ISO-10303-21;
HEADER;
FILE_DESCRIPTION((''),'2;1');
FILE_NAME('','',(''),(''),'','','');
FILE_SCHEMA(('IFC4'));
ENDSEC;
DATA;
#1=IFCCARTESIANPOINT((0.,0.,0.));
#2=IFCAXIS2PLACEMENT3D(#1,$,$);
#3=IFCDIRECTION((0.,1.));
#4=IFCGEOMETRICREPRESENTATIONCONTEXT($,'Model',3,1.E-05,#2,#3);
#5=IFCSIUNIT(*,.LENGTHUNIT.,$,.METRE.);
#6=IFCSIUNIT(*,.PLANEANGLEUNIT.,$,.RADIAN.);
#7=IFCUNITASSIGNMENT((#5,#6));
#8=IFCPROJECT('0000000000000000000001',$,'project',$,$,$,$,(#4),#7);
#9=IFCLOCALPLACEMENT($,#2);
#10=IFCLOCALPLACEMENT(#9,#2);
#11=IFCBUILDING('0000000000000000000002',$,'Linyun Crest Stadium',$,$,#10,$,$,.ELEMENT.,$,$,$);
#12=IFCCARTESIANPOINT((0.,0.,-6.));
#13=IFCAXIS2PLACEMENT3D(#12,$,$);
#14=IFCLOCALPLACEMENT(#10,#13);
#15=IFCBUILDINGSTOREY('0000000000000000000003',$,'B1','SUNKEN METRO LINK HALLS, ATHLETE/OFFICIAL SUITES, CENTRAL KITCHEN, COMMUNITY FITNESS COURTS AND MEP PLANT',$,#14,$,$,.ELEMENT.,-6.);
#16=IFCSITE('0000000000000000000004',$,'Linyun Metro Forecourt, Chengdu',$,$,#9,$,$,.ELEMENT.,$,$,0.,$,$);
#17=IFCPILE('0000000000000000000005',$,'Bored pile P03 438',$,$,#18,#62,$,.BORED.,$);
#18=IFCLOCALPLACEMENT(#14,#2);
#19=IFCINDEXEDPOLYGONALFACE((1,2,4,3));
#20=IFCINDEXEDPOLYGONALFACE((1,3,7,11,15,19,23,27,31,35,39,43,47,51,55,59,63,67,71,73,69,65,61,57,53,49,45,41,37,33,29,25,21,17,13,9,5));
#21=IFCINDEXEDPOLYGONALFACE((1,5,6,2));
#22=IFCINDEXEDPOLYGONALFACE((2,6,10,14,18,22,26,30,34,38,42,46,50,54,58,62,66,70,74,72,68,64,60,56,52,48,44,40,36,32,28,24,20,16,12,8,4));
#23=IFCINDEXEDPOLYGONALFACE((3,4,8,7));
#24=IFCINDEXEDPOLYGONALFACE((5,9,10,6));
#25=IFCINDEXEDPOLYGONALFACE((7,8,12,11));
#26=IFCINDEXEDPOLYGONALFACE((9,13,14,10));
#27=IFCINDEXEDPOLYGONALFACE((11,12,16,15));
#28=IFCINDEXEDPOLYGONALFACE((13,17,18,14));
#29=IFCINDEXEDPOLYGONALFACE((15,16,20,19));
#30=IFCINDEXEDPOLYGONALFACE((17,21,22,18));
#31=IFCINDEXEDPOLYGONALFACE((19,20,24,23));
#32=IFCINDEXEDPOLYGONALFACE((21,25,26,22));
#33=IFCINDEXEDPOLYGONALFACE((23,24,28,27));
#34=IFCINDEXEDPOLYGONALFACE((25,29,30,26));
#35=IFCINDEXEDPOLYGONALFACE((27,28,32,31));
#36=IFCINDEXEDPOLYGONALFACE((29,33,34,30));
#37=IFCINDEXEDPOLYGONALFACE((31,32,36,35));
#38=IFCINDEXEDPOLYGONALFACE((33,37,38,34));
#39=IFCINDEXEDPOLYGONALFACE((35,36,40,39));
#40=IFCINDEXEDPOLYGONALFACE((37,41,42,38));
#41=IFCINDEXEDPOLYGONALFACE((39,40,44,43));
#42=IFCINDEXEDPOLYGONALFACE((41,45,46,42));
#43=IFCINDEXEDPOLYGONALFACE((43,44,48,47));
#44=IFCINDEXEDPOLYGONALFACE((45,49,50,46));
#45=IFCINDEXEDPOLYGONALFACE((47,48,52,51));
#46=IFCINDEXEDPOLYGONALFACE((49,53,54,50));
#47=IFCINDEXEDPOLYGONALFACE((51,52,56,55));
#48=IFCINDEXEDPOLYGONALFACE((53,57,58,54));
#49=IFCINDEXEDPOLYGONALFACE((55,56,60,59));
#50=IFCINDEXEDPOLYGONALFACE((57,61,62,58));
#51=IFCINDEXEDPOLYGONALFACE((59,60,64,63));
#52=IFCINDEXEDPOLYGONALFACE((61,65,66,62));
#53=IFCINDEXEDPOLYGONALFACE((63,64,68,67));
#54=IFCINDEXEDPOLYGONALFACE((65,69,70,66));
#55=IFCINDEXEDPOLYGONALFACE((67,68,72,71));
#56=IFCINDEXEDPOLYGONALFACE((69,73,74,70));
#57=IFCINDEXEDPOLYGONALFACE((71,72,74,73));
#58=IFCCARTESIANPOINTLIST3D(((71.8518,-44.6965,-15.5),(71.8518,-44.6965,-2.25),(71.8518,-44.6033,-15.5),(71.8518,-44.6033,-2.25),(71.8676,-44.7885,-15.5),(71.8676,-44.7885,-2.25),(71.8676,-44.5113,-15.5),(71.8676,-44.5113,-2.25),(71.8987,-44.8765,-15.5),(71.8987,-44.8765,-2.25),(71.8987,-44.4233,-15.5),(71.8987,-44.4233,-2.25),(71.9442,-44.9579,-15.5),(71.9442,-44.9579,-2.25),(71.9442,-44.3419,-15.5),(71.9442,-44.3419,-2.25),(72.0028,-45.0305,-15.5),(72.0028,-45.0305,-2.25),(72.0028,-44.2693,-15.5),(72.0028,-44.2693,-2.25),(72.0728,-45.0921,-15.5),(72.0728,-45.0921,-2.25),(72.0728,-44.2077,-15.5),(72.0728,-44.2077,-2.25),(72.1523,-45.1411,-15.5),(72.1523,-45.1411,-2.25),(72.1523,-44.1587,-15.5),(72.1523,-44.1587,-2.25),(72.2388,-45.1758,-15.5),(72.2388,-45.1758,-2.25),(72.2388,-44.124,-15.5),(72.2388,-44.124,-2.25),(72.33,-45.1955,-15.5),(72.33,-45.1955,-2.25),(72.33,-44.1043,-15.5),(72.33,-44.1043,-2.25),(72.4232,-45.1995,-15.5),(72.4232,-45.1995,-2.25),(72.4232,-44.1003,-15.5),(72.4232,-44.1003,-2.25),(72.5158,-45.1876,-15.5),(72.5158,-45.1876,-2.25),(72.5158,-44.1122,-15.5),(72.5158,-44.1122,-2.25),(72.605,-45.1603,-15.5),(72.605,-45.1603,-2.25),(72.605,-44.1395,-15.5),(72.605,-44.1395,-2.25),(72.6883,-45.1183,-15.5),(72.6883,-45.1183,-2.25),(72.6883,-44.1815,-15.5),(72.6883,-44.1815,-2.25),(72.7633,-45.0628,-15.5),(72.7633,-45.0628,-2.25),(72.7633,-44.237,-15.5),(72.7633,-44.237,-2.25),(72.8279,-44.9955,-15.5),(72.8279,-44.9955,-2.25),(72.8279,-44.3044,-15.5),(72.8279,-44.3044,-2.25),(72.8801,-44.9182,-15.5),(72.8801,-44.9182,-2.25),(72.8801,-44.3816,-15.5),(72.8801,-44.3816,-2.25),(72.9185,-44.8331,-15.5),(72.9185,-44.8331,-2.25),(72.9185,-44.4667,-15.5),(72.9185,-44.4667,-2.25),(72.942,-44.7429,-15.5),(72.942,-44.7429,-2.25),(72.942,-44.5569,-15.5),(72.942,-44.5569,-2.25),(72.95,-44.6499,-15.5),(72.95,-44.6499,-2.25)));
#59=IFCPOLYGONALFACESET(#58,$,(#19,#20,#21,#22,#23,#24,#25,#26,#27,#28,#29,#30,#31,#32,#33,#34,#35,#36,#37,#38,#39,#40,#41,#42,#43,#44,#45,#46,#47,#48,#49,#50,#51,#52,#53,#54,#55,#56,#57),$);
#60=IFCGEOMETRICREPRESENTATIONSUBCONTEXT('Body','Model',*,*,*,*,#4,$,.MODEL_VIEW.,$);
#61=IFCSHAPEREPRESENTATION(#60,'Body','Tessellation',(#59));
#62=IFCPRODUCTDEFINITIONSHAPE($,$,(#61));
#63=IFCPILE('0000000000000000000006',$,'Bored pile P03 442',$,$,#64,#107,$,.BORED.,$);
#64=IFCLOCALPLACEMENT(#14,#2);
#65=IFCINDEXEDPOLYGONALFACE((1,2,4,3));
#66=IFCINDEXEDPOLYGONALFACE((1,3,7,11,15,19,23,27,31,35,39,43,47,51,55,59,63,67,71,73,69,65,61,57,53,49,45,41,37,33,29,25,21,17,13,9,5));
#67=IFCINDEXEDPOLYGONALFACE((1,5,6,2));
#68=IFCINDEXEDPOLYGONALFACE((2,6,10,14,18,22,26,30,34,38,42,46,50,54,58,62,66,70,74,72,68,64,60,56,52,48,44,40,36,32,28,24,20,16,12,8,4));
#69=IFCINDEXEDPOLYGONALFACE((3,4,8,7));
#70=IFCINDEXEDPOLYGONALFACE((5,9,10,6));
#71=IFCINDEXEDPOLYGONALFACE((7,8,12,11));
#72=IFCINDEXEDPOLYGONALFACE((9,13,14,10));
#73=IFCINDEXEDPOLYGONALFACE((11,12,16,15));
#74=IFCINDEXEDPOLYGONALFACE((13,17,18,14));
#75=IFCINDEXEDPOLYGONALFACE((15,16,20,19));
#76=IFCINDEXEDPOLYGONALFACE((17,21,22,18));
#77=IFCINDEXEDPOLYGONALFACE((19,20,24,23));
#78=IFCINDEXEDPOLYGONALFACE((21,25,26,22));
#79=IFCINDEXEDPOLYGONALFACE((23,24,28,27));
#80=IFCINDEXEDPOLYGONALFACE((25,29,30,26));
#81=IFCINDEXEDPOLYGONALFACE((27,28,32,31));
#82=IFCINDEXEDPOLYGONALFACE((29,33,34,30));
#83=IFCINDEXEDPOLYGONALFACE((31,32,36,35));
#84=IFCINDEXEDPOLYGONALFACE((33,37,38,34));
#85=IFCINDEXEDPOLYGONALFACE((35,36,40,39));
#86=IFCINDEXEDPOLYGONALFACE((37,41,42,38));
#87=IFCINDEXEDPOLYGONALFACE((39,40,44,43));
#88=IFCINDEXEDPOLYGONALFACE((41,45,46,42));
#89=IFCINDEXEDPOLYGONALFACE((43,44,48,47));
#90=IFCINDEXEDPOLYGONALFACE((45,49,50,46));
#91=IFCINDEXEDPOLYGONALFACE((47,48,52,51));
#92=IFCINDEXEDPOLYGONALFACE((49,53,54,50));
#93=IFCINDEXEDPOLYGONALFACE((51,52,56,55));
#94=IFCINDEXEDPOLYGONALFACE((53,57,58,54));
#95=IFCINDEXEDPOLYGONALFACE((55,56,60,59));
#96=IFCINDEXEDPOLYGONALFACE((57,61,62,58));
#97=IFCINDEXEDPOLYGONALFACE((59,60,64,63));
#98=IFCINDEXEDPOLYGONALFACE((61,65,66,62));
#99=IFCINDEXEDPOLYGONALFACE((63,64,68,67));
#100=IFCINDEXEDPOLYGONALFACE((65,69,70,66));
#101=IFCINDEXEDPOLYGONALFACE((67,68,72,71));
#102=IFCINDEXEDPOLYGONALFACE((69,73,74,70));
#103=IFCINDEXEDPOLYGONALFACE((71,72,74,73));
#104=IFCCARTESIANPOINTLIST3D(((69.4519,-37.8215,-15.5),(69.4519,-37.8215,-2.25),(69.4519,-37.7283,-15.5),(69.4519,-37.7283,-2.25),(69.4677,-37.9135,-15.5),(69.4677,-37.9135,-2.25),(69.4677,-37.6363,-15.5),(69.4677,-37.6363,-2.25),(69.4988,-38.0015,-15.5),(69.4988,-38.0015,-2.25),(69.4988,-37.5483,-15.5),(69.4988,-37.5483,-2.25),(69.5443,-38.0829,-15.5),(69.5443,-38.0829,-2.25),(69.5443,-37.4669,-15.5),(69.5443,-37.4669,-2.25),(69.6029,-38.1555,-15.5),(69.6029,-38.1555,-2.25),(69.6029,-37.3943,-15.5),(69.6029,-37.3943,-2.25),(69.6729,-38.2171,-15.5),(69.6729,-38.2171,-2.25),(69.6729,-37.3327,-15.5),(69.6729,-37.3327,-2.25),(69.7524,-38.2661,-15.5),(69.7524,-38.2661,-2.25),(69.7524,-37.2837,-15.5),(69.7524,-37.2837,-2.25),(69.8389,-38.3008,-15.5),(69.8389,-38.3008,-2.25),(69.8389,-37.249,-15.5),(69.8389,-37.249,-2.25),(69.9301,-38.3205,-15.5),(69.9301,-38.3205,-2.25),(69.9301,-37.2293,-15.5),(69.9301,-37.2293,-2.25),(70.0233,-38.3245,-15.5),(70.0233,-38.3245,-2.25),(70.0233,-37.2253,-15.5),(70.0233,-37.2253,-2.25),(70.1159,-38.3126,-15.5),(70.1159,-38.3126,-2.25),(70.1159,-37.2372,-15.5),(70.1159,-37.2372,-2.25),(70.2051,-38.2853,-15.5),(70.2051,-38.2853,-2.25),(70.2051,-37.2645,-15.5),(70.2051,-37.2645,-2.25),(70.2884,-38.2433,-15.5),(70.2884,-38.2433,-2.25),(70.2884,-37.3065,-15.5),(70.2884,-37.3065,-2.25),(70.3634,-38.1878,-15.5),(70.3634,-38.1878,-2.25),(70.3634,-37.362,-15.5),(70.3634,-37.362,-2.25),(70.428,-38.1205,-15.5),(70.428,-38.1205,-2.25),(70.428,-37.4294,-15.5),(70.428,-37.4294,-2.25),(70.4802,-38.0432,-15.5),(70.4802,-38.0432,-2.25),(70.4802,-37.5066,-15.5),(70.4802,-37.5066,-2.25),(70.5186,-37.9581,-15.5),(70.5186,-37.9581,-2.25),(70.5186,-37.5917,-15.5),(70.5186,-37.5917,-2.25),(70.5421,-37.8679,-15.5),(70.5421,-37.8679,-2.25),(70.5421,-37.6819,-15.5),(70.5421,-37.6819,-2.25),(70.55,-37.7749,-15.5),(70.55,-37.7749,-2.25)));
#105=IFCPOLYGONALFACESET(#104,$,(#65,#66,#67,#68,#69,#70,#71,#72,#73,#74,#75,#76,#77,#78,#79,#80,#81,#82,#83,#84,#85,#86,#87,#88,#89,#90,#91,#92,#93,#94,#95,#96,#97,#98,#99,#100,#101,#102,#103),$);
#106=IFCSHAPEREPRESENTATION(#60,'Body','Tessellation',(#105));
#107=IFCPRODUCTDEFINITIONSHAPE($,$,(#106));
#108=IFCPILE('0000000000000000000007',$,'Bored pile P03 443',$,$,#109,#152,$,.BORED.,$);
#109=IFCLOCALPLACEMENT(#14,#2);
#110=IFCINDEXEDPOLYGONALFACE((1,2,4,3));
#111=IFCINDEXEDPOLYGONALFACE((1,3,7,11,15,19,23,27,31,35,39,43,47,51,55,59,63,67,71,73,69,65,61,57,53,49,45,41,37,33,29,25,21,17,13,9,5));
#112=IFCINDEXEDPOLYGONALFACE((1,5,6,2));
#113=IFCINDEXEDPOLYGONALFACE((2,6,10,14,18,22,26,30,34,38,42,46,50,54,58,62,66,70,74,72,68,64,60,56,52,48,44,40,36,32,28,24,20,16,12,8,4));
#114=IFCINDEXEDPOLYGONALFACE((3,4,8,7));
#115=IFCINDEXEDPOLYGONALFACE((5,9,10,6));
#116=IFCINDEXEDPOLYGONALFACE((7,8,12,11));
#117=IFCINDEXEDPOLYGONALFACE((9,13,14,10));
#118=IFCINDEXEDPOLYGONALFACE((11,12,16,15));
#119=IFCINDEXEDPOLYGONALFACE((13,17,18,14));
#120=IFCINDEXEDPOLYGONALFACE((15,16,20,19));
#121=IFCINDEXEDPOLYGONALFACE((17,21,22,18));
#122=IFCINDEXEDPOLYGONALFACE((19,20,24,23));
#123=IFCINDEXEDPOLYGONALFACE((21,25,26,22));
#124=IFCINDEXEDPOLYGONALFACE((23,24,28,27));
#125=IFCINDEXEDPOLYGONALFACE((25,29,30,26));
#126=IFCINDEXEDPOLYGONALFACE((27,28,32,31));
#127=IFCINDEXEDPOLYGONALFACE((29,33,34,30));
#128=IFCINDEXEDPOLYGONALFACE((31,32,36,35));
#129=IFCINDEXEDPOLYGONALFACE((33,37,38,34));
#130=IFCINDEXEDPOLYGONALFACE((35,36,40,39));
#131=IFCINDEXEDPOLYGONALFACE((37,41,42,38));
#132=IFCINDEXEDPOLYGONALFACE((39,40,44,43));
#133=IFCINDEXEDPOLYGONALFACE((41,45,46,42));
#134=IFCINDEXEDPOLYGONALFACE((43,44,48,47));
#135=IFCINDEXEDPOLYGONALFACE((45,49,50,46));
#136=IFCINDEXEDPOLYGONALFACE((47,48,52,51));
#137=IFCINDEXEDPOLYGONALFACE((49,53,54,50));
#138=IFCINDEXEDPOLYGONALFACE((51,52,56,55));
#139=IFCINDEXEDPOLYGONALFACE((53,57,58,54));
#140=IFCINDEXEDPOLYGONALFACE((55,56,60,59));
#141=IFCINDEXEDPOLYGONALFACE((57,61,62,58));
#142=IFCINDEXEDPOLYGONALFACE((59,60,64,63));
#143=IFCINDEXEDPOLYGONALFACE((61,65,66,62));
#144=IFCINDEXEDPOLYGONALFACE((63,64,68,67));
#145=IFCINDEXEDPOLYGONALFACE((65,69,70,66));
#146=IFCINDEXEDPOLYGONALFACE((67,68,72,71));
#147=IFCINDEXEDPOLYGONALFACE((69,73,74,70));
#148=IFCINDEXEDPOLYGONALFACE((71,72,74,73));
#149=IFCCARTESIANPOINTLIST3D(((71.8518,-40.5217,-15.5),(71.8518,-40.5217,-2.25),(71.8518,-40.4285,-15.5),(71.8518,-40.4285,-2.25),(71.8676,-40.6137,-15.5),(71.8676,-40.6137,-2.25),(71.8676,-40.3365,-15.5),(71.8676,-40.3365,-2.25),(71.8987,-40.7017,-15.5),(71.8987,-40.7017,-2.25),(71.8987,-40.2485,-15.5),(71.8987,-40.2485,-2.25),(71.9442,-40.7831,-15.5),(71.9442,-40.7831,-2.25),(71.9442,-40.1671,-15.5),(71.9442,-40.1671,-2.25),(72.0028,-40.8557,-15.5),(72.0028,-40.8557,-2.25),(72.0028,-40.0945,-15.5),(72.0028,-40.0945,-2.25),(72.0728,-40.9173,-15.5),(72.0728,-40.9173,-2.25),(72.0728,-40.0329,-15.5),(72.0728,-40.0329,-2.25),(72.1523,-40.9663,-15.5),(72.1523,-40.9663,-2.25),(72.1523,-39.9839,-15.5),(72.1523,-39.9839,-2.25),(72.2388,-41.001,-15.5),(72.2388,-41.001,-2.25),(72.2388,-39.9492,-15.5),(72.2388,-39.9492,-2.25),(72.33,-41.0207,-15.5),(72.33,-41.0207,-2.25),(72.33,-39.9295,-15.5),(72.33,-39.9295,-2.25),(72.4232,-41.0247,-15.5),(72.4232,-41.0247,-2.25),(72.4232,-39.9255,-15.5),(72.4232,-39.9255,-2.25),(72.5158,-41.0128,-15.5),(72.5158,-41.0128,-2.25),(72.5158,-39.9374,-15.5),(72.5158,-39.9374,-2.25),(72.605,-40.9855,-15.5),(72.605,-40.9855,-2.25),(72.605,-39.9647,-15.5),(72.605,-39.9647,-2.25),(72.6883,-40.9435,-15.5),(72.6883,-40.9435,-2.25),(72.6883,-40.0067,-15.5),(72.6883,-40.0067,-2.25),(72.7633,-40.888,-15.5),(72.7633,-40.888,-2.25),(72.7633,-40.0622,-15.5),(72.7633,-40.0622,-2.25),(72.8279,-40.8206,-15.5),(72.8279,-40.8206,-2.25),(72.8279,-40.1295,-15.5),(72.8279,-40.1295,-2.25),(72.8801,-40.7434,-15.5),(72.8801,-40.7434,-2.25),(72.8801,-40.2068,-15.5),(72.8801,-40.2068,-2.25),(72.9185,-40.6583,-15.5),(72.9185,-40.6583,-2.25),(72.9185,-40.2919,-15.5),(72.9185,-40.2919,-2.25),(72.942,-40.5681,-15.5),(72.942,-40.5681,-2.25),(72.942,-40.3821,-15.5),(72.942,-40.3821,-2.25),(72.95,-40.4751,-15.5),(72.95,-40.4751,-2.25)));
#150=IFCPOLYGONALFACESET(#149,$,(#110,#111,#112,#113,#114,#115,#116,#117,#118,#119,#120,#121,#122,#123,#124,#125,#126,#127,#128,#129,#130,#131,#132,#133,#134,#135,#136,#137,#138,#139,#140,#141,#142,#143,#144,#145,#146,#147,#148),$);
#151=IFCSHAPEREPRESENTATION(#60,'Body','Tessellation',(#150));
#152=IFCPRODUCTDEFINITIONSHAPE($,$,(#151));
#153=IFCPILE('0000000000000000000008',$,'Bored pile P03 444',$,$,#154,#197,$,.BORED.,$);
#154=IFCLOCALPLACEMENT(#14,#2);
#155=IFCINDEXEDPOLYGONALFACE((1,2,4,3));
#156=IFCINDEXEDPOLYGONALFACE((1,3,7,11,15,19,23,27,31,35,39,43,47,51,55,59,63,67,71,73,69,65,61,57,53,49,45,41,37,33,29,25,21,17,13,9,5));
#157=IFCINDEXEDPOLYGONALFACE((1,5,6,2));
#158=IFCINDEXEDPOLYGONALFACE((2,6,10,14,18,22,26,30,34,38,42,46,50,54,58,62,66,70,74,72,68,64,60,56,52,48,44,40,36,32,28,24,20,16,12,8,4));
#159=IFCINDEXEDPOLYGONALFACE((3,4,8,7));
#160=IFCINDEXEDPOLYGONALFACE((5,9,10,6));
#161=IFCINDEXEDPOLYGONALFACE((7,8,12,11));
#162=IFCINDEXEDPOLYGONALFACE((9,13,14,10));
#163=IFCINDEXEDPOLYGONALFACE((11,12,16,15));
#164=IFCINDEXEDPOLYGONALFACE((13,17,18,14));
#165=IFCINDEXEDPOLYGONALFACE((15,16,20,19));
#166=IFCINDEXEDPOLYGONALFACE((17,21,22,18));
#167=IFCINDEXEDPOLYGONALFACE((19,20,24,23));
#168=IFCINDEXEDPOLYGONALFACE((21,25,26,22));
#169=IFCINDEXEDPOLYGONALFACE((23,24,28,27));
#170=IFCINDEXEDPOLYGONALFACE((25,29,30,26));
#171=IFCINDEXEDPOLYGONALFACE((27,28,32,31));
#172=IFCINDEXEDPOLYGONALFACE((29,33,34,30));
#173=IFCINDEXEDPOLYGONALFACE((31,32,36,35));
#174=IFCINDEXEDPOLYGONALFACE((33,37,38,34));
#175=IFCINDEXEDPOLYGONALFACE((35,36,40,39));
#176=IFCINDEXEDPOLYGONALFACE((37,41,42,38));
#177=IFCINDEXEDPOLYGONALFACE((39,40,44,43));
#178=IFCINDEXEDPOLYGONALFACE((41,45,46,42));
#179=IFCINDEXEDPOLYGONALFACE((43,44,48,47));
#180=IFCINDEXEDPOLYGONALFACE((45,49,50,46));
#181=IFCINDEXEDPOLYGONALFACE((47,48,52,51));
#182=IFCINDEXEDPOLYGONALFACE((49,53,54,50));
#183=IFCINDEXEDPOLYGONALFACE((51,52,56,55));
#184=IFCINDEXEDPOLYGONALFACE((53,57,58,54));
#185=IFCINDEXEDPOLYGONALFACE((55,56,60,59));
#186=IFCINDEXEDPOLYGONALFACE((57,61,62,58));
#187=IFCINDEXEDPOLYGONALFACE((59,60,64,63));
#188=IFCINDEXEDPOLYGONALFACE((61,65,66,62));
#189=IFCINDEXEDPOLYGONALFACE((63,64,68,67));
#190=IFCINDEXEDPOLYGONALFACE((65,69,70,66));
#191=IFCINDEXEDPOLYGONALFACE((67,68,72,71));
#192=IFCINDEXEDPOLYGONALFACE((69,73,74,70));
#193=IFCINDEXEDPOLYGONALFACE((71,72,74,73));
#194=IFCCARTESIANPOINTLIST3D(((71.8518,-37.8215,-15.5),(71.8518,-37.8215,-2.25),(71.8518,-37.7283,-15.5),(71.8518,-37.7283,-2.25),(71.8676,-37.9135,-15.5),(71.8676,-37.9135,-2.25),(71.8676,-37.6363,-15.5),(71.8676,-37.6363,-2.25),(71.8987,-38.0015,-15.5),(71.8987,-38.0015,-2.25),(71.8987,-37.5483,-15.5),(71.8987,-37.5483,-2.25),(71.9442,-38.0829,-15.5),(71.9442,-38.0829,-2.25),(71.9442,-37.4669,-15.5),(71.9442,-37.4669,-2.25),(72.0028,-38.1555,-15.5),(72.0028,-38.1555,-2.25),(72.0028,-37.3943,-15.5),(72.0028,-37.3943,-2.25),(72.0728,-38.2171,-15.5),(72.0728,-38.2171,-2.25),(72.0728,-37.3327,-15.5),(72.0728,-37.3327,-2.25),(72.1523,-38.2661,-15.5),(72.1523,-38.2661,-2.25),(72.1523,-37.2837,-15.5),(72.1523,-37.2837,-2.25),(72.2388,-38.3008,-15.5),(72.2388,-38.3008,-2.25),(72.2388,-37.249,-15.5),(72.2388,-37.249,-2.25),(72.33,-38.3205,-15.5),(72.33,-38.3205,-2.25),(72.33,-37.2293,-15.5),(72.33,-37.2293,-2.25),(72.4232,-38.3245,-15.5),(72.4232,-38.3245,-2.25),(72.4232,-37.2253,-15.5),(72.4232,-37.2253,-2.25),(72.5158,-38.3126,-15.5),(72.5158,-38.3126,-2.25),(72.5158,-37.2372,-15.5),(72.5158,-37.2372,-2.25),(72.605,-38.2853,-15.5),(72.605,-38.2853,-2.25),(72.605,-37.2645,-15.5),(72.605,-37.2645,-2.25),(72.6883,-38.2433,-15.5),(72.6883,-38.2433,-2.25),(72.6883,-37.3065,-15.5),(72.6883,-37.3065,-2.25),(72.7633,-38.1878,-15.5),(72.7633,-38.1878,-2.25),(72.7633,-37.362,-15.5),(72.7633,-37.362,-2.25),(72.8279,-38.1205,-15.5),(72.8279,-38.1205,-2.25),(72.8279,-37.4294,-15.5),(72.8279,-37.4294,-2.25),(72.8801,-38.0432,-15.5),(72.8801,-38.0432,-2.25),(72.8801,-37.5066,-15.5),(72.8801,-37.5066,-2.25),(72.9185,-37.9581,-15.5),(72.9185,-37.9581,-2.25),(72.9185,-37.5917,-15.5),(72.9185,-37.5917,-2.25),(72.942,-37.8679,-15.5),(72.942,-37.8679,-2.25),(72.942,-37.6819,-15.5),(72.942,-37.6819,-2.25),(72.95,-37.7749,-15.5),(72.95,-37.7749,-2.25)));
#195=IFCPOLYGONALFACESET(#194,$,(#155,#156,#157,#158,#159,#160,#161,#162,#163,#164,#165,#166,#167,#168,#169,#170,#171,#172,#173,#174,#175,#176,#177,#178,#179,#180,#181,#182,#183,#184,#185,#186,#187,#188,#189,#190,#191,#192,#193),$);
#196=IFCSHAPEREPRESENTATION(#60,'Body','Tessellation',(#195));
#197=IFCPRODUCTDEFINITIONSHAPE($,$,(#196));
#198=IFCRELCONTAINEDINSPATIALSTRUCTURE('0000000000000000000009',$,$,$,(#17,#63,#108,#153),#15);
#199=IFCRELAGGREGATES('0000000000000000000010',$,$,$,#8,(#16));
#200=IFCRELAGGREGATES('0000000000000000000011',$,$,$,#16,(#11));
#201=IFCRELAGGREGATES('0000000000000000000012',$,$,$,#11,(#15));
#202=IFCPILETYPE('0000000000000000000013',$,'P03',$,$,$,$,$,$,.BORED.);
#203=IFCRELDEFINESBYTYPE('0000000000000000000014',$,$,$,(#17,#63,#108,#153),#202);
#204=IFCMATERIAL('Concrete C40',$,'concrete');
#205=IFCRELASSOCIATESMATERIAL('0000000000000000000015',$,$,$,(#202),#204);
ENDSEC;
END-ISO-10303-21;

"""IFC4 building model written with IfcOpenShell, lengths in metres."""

from ifc_helpers import new_model, si_unit, direction, frame, origin, origin_2d, place, context, subcontext, project, spatial, circle, extrude, material, material_profile, profile_set, type_object, element, save


model = new_model("IFC4")

# Units and contexts
model_context = context("Model", 3, precision=1e-05, world=origin(), true_north=direction((0.0, 1.0)))
body_context = subcontext(model_context, "Body", "Model", "MODEL_VIEW")
ifc_project = project(units=[si_unit("LENGTHUNIT", "METRE"), si_unit("PLANEANGLEUNIT", "RADIAN")], contexts=[model_context])

# Site, building, storey
site_placement = place(None, origin())
site = spatial("IfcSite", under=ifc_project, at=site_placement, Name="Linyun Metro Forecourt, Chengdu", CompositionType="ELEMENT", RefElevation=0.0)
building_placement = place(site_placement, origin())
building = spatial("IfcBuilding", under=site, at=building_placement, Name="Linyun Crest Stadium", CompositionType="ELEMENT")
storey_placement = place(building_placement, frame((0.0, 0.0, -6.0)))
storey = spatial("IfcBuildingStorey", under=building, at=storey_placement, Name="B1", Description="SUNKEN METRO LINK HALLS, ATHLETE/OFFICIAL SUITES, CENTRAL KITCHEN, COMMUNITY FITNESS COURTS AND MEP PLANT", CompositionType="ELEMENT", Elevation=-6.0)

# Piles
ifc_material_1 = material(Name="Concrete C40", Category="concrete")
ifc_material_profile_1 = material_profile(ifc_material_1, circle(Radius=0.55, at=origin_2d()), Name="BORED PILE 1100")
ifc_profile_set_1 = profile_set([ifc_material_profile_1], Name="Concrete C40")
pile_type = type_object("IfcPileType", Name="P03", PredefinedType="BORED", material=ifc_profile_set_1)
for number, where, z_axis, x_axis, name in (
    (1, (72.3999, -44.6499, -2.25), (0.0, 0.0, -1.0), (1.0, 0.0, 0.0), "Bored pile P03 438"),
    (2, (70.0, -37.7749, -2.25), (0.0, 0.0, -1.0), (1.0, 0.0, 0.0), "Bored pile P03 442"),
    (3, (72.3999, -40.4751, -2.25), (0.0, 0.0, -1.0), (1.0, 0.0, 0.0), "Bored pile P03 443"),
    (4, (72.3999, -37.7749, -2.25), (0.0, 0.0, -1.0), (1.0, 0.0, 0.0), "Bored pile P03 444"),
):
    element("IfcPile", number, at=place(storey_placement, frame(where, z_axis=z_axis, x_axis=x_axis)), inside=storey, type_object=pile_type, Name=name, PredefinedType="BORED", context=body_context, shape_type="SweptSolid", body=[
        extrude(circle(Radius=0.55, at=origin_2d()), origin(), (0.0, 0.0, 1.0), 13.25),
    ])

save(model, "model.ifc")
